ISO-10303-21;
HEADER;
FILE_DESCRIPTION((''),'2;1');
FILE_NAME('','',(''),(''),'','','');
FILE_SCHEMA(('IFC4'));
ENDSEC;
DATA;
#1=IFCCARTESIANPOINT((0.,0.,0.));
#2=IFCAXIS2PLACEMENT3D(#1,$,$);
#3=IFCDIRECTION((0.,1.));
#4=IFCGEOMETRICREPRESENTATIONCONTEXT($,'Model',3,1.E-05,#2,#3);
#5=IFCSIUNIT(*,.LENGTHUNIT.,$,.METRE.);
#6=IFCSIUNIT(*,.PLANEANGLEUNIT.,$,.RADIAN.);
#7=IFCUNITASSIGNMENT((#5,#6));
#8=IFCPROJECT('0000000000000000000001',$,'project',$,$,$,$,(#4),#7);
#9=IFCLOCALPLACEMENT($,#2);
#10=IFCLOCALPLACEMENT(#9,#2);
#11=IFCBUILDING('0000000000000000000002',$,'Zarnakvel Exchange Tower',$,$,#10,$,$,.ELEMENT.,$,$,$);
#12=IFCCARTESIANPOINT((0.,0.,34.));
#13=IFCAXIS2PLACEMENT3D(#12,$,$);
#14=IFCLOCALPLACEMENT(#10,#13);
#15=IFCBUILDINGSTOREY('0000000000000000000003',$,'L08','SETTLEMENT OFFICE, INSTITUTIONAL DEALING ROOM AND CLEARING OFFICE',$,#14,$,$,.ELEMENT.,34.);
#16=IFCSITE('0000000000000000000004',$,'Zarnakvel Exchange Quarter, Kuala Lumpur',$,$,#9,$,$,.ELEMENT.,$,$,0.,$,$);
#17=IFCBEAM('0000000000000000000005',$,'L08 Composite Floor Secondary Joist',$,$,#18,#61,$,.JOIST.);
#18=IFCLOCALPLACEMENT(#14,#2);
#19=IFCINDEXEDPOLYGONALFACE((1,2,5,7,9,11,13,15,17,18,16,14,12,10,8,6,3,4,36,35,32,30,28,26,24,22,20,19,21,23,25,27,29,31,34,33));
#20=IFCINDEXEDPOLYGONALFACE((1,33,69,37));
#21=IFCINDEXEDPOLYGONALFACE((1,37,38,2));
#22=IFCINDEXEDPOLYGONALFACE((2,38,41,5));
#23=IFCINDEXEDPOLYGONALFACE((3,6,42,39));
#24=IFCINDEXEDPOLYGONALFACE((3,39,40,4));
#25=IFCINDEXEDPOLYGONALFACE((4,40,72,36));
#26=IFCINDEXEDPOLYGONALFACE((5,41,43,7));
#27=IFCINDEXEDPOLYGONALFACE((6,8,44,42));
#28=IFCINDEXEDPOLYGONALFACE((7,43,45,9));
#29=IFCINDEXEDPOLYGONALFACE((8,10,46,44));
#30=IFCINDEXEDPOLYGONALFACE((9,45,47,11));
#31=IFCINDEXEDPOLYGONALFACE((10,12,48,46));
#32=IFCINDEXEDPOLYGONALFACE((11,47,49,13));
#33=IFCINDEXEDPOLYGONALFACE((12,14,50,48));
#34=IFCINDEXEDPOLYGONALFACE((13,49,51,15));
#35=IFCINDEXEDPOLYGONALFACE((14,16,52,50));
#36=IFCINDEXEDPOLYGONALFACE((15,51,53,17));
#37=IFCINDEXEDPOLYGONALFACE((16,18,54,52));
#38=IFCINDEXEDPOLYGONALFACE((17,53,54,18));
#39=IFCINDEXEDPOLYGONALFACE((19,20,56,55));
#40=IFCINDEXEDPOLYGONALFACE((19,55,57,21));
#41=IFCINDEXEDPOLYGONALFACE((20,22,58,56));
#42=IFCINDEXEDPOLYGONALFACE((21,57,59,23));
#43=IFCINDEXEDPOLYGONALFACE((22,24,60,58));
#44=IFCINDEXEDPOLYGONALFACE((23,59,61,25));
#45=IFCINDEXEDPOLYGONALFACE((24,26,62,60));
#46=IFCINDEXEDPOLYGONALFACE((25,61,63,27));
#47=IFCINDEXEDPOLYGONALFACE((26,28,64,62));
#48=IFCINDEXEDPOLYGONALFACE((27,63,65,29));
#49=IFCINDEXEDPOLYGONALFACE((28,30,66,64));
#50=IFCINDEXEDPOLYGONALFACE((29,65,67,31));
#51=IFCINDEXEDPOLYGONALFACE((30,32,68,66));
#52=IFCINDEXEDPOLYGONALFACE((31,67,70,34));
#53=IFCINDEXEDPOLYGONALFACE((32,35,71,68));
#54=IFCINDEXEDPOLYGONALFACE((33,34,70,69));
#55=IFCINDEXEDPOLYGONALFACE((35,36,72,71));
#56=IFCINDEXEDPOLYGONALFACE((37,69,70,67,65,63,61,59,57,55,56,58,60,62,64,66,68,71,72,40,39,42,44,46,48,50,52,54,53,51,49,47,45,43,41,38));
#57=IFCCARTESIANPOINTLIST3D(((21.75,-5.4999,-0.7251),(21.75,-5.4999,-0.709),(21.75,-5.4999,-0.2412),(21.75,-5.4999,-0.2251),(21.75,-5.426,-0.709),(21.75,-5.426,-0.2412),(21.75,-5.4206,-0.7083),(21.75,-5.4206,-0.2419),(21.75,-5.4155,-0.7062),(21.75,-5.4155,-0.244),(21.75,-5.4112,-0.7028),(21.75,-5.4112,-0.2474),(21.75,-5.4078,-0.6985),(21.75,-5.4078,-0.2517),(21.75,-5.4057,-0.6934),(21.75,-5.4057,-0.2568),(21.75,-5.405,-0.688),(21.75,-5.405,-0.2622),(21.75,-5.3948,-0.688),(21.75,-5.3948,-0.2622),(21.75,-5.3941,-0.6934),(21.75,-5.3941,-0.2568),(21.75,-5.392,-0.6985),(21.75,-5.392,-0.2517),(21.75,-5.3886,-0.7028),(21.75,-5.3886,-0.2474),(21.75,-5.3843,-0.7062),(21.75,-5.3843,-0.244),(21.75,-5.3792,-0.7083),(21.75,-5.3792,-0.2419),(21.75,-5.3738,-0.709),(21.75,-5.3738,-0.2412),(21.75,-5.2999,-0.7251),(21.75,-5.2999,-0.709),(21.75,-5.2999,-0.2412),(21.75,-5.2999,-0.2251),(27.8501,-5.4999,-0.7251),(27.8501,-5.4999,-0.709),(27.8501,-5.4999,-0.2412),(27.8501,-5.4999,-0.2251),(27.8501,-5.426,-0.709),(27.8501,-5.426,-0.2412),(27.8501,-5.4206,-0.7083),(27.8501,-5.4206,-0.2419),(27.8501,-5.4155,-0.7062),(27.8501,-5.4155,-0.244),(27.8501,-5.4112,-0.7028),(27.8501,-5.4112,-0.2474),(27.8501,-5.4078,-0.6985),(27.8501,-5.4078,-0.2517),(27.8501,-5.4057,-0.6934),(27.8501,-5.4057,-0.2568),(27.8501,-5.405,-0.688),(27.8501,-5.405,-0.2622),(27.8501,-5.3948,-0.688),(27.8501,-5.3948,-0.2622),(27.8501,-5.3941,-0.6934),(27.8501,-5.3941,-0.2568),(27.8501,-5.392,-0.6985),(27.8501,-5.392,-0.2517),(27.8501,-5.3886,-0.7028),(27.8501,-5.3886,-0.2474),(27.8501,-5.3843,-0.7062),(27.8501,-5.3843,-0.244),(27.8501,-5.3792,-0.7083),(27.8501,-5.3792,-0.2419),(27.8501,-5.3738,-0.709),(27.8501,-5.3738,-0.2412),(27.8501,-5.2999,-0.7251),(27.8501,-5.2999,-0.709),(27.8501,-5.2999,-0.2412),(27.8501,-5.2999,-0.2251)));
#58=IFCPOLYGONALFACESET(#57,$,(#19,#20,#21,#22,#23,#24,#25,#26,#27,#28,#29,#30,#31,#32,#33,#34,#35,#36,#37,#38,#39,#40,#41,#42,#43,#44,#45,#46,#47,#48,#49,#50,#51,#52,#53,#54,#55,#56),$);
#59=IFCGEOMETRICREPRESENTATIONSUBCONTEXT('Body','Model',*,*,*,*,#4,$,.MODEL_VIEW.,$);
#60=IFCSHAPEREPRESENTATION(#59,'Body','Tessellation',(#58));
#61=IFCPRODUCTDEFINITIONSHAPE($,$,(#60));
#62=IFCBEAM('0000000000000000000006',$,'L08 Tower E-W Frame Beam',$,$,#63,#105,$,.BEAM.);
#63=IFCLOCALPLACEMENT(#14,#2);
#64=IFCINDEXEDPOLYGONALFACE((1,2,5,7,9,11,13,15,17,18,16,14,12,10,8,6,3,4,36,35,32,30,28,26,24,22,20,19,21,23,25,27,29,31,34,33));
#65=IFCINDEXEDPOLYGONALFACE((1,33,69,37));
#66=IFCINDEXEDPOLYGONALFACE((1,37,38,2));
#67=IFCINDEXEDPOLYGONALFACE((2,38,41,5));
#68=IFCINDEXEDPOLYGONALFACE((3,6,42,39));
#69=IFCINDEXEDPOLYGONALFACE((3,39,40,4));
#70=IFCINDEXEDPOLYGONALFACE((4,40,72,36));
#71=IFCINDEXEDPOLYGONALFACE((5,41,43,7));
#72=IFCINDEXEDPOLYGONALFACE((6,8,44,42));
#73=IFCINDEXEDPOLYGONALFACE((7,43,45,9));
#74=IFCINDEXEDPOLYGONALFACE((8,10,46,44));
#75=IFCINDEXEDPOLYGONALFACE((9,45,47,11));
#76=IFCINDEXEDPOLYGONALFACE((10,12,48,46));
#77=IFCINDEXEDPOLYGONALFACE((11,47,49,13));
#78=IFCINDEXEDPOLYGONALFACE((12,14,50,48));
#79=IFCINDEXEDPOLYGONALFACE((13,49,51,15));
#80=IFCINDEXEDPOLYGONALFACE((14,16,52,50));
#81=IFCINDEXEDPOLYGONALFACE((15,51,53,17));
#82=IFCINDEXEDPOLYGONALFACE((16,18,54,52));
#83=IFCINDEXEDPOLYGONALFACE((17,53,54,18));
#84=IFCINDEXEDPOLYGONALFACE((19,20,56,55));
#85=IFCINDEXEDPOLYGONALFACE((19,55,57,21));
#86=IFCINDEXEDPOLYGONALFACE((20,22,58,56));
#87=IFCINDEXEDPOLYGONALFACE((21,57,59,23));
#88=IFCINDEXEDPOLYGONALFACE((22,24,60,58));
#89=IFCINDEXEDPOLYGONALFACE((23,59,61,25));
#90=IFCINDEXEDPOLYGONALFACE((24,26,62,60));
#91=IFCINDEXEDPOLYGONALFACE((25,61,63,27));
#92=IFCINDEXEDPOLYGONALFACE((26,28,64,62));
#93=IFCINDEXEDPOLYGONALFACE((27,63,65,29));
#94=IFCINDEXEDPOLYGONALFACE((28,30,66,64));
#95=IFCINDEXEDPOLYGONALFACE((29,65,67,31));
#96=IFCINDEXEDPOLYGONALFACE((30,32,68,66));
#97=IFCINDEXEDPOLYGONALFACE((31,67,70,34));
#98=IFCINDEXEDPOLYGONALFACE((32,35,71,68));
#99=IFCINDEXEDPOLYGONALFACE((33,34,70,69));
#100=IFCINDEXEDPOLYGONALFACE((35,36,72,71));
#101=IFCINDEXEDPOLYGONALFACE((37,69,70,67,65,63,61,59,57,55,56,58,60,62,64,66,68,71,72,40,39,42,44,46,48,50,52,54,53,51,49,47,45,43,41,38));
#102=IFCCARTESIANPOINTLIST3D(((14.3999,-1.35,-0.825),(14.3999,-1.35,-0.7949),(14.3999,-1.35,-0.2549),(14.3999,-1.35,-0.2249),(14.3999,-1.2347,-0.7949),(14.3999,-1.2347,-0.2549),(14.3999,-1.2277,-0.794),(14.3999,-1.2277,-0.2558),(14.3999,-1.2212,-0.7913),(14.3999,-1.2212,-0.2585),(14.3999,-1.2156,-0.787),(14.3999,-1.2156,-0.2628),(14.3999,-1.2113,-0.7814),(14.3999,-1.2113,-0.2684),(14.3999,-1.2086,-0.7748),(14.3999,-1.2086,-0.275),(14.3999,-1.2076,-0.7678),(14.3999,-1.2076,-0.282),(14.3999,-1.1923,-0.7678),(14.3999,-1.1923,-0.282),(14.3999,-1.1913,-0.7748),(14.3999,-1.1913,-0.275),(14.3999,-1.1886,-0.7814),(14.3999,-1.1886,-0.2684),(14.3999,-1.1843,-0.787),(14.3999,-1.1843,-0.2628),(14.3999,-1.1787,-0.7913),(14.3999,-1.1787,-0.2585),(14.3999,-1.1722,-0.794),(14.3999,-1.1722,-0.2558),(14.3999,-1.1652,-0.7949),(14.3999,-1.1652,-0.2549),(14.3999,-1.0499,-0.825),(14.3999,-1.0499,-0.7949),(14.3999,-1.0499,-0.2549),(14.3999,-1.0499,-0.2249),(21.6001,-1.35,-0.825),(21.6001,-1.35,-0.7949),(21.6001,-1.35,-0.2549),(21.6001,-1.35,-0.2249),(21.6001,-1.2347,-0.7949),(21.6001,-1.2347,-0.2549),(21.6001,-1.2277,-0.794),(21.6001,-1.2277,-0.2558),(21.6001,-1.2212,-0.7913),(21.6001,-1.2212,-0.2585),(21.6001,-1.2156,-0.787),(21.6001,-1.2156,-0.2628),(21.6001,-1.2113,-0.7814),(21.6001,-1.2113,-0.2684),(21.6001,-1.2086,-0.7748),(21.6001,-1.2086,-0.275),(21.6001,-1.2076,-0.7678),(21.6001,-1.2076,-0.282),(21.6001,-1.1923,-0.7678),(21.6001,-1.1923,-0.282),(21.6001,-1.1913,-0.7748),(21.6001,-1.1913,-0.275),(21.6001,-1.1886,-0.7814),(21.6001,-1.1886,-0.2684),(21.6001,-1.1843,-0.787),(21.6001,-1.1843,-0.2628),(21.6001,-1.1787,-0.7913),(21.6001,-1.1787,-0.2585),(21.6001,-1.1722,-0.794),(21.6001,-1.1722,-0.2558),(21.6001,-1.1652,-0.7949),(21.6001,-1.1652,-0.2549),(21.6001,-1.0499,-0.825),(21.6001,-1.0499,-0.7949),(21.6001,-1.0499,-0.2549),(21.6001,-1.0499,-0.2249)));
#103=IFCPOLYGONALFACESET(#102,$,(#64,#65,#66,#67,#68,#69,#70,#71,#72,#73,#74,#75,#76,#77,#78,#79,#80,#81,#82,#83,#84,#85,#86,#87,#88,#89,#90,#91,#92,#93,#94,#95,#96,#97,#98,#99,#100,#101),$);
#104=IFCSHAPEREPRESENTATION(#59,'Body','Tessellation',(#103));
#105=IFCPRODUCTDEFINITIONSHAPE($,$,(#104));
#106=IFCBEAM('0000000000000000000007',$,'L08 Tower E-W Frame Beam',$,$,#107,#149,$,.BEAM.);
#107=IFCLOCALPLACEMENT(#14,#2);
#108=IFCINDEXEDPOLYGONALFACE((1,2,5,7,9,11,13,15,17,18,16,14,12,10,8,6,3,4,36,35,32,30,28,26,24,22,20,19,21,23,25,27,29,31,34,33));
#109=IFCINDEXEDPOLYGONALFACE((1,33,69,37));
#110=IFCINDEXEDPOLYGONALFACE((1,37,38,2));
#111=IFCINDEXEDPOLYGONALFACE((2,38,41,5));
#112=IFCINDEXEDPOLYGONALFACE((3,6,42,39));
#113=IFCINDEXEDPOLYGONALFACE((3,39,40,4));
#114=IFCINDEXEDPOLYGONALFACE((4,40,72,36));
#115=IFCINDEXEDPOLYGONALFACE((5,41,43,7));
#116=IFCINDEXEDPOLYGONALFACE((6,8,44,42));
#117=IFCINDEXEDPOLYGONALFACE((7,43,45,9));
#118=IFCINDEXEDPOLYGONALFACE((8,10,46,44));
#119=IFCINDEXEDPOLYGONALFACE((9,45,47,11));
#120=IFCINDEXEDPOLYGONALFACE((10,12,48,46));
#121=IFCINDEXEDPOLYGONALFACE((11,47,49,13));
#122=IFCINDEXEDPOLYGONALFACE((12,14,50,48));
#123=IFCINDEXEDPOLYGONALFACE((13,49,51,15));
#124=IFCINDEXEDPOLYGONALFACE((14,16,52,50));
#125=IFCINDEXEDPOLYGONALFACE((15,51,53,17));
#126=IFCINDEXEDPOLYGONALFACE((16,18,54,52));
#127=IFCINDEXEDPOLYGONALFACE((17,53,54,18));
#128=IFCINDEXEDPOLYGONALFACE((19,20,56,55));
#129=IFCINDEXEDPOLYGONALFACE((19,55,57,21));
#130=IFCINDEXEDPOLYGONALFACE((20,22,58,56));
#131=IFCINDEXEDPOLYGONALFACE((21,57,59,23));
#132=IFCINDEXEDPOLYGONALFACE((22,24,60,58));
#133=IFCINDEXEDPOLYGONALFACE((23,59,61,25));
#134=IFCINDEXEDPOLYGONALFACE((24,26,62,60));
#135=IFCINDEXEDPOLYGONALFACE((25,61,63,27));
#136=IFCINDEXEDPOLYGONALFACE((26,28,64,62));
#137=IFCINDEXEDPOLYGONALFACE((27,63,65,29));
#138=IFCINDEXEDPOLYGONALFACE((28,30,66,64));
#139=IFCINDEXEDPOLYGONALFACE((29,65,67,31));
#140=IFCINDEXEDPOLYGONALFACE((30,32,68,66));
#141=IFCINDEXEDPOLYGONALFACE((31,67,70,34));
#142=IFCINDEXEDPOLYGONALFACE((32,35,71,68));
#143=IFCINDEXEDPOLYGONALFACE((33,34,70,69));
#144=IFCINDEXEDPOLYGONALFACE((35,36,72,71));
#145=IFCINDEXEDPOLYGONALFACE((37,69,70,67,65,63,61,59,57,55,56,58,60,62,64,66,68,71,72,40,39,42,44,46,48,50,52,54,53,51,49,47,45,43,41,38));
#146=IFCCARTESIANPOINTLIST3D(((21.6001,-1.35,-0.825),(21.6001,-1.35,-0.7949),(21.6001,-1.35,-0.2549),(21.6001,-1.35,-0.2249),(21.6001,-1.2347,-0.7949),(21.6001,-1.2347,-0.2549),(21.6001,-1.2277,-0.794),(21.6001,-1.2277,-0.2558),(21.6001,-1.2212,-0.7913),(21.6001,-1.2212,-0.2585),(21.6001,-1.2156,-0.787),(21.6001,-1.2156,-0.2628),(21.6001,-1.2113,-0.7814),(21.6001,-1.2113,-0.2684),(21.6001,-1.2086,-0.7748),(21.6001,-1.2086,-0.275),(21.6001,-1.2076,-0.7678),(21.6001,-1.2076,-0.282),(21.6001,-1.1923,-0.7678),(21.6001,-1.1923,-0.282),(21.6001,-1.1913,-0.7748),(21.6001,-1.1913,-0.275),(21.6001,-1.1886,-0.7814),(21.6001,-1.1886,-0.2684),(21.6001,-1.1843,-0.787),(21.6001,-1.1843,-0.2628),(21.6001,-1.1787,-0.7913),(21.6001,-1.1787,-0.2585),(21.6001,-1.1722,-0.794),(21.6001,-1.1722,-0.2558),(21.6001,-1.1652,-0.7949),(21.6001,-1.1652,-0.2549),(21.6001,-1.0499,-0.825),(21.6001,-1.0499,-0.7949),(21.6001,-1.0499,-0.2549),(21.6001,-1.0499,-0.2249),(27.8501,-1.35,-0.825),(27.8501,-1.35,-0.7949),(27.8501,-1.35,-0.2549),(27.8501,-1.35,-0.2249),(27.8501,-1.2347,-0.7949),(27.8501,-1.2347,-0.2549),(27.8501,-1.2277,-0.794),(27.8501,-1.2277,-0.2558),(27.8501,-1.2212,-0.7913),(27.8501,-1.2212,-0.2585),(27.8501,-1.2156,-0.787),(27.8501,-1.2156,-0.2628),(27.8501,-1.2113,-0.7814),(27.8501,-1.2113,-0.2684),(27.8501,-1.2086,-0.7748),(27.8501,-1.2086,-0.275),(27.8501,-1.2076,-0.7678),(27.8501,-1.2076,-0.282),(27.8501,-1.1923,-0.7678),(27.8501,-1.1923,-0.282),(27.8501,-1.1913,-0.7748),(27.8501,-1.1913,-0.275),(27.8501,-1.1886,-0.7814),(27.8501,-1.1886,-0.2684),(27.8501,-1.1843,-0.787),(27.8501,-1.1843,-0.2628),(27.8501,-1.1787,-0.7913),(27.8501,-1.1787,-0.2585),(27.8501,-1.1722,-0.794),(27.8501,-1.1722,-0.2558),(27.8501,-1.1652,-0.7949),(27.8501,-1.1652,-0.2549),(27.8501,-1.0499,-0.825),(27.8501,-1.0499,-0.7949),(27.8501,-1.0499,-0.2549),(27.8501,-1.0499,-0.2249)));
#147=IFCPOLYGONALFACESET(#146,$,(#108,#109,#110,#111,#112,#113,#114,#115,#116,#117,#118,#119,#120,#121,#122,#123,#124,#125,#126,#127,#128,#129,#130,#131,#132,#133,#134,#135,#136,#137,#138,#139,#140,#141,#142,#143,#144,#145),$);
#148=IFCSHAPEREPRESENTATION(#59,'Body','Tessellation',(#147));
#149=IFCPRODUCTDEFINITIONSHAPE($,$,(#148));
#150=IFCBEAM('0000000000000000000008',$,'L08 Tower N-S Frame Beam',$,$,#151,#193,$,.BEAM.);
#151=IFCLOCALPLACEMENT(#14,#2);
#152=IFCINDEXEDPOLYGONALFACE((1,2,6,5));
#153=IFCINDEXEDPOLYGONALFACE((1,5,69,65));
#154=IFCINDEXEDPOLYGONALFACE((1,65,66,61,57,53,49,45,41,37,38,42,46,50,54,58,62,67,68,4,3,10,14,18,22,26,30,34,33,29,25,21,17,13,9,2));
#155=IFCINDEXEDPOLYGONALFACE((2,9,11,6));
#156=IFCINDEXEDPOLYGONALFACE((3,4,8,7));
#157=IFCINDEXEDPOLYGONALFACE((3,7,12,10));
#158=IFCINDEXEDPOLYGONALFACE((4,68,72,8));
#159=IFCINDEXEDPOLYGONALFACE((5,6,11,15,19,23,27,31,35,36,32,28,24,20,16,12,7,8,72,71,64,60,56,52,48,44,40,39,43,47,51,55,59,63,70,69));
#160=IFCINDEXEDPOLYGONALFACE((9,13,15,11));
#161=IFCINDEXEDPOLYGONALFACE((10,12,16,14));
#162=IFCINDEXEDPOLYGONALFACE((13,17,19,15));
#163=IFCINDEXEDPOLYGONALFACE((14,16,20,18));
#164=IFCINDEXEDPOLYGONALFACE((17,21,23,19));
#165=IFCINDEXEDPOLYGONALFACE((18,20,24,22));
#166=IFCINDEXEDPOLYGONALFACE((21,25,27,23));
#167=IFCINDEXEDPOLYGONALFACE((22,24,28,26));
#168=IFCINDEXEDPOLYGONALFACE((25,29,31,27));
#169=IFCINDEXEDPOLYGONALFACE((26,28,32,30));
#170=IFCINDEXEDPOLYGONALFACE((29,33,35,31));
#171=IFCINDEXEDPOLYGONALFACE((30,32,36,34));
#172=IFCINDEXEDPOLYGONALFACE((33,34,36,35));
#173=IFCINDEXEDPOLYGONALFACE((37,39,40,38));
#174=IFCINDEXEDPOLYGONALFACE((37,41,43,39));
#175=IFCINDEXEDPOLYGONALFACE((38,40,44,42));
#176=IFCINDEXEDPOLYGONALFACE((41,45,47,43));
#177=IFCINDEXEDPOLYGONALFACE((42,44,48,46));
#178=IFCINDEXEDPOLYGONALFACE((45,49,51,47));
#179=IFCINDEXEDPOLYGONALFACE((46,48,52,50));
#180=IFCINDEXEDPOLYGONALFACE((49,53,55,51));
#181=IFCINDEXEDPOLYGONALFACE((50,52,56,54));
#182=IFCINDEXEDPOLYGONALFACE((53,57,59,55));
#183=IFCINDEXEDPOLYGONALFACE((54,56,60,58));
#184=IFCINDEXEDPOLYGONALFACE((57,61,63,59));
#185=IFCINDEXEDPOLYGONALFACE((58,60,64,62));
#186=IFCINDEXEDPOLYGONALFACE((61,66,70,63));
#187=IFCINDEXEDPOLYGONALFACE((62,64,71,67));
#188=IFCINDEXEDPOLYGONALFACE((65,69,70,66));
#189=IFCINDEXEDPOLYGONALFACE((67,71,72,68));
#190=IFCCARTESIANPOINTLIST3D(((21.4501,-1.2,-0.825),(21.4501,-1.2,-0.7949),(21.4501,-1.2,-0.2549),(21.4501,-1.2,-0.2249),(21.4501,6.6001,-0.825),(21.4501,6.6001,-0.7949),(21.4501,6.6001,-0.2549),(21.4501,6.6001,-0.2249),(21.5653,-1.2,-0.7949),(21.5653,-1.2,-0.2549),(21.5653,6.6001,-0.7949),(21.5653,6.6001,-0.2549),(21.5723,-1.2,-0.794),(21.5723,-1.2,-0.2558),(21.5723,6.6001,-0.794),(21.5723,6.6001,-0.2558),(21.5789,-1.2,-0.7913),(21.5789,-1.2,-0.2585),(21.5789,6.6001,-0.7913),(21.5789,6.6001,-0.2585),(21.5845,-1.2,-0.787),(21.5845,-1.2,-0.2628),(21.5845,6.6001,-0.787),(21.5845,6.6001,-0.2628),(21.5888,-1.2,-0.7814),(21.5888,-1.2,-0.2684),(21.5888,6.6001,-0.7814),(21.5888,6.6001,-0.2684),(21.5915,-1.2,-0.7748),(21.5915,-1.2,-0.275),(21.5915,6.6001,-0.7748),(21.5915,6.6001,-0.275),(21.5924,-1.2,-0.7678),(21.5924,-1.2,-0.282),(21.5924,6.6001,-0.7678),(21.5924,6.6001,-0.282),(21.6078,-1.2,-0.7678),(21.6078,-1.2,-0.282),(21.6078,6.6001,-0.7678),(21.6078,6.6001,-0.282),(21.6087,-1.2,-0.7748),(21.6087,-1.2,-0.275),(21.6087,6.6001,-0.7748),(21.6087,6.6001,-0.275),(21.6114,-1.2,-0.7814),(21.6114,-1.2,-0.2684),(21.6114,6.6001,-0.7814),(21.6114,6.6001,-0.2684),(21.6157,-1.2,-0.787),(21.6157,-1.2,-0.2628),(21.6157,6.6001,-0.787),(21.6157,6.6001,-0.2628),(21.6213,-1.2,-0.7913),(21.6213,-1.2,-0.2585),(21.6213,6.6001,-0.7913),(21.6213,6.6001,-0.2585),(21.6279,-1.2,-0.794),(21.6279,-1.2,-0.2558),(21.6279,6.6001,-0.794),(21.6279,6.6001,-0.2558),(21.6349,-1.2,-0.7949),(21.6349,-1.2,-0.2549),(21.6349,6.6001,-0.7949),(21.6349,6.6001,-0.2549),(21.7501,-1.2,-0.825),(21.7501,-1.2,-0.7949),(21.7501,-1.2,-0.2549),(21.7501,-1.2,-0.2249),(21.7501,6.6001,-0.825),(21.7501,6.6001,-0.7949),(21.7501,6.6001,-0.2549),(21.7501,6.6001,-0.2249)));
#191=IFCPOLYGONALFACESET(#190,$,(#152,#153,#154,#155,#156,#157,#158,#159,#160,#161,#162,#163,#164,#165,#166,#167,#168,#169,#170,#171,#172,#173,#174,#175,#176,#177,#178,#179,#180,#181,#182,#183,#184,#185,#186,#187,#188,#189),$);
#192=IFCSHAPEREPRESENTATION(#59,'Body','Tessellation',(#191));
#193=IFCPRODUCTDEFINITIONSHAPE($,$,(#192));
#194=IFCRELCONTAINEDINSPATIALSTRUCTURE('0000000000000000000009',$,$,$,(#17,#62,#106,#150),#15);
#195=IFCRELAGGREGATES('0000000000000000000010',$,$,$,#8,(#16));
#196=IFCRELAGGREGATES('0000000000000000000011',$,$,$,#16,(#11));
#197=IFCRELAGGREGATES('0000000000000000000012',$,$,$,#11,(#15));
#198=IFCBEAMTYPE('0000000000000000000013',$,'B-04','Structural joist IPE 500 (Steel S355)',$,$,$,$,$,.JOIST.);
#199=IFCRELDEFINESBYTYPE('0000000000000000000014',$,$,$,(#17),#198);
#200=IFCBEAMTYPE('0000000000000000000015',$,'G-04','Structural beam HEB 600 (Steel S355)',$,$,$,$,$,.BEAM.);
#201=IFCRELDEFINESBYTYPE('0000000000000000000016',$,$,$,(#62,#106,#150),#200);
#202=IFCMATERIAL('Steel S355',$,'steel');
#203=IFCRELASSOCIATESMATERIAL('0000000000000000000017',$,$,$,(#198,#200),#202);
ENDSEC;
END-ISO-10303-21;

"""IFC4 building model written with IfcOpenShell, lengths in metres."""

from ifc_helpers import new_model, si_unit, direction, frame, origin, origin_2d, place, context, subcontext, project, spatial, i_section, extrude, material, material_profile, profile_set, type_object, element, save


model = new_model("IFC4")

# Units and contexts
model_context = context("Model", 3, precision=1e-05, world=origin(), true_north=direction((0.0, 1.0)))
body_context = subcontext(model_context, "Body", "Model", "MODEL_VIEW")
ifc_project = project(units=[si_unit("LENGTHUNIT", "METRE"), si_unit("PLANEANGLEUNIT", "RADIAN")], contexts=[model_context])

# Site, building, storey
site_placement = place(None, origin())
site = spatial("IfcSite", under=ifc_project, at=site_placement, Name="Zarnakvel Exchange Quarter, Kuala Lumpur", CompositionType="ELEMENT", RefElevation=0.0)
building_placement = place(site_placement, origin())
building = spatial("IfcBuilding", under=site, at=building_placement, Name="Zarnakvel Exchange Tower", CompositionType="ELEMENT")
storey_placement = place(building_placement, frame((0.0, 0.0, 34.0)))
storey = spatial("IfcBuildingStorey", under=building, at=storey_placement, Name="L08", Description="SETTLEMENT OFFICE, INSTITUTIONAL DEALING ROOM AND CLEARING OFFICE", CompositionType="ELEMENT", Elevation=34.0)

# Shared definitions
ifc_material_1 = material(Name="Steel S355", Category="steel")

# Beams
ifc_material_profile_1 = material_profile(ifc_material_1, i_section(OverallWidth=0.2, OverallDepth=0.5, WebThickness=0.0103, FlangeThickness=0.0161, FilletRadius=0.021, at=origin_2d()))
ifc_profile_set_1 = profile_set([ifc_material_profile_1], Name="Steel S355")
beam_type_1 = type_object("IfcBeamType", Name="B-04", Description="Structural joist IPE 500 (Steel S355)", PredefinedType="JOIST", material=ifc_profile_set_1)
beam_1_placement = place(storey_placement, frame((21.75, -5.3999, -0.4751), z_axis=(1.0, 0.0, 0.0), x_axis=(0.0, 1.0, 0.0)))
element("IfcBeam", 1, at=beam_1_placement, inside=storey, type_object=beam_type_1, Name="L08 Composite Floor Secondary Joist", PredefinedType="JOIST", context=body_context, shape_type="SweptSolid", body=[
    extrude(i_section(OverallWidth=0.2, OverallDepth=0.5, WebThickness=0.0103, FlangeThickness=0.0161, FilletRadius=0.021, at=origin_2d()), origin(), (0.0, 0.0, 1.0), 6.1001),
])
ifc_material_profile_2 = material_profile(ifc_material_1, i_section(OverallWidth=0.3, OverallDepth=0.6001, WebThickness=0.0154, FlangeThickness=0.03, FilletRadius=0.0271, at=origin_2d()))
ifc_profile_set_2 = profile_set([ifc_material_profile_2], Name="Steel S355")
beam_type_2 = type_object("IfcBeamType", Name="G-04", Description="Structural beam HEB 600 (Steel S355)", PredefinedType="BEAM", material=ifc_profile_set_2)
beam_2_placement = place(storey_placement, frame((14.3999, -1.2, -0.5249), z_axis=(1.0, 0.0, 0.0), x_axis=(0.0, 1.0, 0.0)))
element("IfcBeam", 2, at=beam_2_placement, inside=storey, type_object=beam_type_2, Name="L08 Tower E-W Frame Beam", PredefinedType="BEAM", context=body_context, shape_type="SweptSolid", body=[
    extrude(i_section(OverallWidth=0.3, OverallDepth=0.6001, WebThickness=0.0154, FlangeThickness=0.03, FilletRadius=0.0271, at=origin_2d()), origin(), (0.0, 0.0, 1.0), 7.2002),
])
beam_3_placement = place(storey_placement, frame((21.6001, -1.2, -0.5249), z_axis=(1.0, 0.0, 0.0), x_axis=(0.0, 1.0, 0.0)))
element("IfcBeam", 3, at=beam_3_placement, inside=storey, type_object=beam_type_2, Name="L08 Tower E-W Frame Beam", PredefinedType="BEAM", context=body_context, shape_type="SweptSolid", body=[
    extrude(i_section(OverallWidth=0.3, OverallDepth=0.6001, WebThickness=0.0154, FlangeThickness=0.03, FilletRadius=0.0271, at=origin_2d()), origin(), (0.0, 0.0, 1.0), 6.25),
])
beam_4_placement = place(storey_placement, frame((21.6001, -1.2, -0.5249), z_axis=(0.0, 1.0, 0.0), x_axis=(-1.0, 0.0, 0.0)))
element("IfcBeam", 4, at=beam_4_placement, inside=storey, type_object=beam_type_2, Name="L08 Tower N-S Frame Beam", PredefinedType="BEAM", context=body_context, shape_type="SweptSolid", body=[
    extrude(i_section(OverallWidth=0.3, OverallDepth=0.6001, WebThickness=0.0154, FlangeThickness=0.03, FilletRadius=0.0271, at=origin_2d()), origin(), (0.0, 0.0, 1.0), 7.8),
])

save(model, "model.ifc")
